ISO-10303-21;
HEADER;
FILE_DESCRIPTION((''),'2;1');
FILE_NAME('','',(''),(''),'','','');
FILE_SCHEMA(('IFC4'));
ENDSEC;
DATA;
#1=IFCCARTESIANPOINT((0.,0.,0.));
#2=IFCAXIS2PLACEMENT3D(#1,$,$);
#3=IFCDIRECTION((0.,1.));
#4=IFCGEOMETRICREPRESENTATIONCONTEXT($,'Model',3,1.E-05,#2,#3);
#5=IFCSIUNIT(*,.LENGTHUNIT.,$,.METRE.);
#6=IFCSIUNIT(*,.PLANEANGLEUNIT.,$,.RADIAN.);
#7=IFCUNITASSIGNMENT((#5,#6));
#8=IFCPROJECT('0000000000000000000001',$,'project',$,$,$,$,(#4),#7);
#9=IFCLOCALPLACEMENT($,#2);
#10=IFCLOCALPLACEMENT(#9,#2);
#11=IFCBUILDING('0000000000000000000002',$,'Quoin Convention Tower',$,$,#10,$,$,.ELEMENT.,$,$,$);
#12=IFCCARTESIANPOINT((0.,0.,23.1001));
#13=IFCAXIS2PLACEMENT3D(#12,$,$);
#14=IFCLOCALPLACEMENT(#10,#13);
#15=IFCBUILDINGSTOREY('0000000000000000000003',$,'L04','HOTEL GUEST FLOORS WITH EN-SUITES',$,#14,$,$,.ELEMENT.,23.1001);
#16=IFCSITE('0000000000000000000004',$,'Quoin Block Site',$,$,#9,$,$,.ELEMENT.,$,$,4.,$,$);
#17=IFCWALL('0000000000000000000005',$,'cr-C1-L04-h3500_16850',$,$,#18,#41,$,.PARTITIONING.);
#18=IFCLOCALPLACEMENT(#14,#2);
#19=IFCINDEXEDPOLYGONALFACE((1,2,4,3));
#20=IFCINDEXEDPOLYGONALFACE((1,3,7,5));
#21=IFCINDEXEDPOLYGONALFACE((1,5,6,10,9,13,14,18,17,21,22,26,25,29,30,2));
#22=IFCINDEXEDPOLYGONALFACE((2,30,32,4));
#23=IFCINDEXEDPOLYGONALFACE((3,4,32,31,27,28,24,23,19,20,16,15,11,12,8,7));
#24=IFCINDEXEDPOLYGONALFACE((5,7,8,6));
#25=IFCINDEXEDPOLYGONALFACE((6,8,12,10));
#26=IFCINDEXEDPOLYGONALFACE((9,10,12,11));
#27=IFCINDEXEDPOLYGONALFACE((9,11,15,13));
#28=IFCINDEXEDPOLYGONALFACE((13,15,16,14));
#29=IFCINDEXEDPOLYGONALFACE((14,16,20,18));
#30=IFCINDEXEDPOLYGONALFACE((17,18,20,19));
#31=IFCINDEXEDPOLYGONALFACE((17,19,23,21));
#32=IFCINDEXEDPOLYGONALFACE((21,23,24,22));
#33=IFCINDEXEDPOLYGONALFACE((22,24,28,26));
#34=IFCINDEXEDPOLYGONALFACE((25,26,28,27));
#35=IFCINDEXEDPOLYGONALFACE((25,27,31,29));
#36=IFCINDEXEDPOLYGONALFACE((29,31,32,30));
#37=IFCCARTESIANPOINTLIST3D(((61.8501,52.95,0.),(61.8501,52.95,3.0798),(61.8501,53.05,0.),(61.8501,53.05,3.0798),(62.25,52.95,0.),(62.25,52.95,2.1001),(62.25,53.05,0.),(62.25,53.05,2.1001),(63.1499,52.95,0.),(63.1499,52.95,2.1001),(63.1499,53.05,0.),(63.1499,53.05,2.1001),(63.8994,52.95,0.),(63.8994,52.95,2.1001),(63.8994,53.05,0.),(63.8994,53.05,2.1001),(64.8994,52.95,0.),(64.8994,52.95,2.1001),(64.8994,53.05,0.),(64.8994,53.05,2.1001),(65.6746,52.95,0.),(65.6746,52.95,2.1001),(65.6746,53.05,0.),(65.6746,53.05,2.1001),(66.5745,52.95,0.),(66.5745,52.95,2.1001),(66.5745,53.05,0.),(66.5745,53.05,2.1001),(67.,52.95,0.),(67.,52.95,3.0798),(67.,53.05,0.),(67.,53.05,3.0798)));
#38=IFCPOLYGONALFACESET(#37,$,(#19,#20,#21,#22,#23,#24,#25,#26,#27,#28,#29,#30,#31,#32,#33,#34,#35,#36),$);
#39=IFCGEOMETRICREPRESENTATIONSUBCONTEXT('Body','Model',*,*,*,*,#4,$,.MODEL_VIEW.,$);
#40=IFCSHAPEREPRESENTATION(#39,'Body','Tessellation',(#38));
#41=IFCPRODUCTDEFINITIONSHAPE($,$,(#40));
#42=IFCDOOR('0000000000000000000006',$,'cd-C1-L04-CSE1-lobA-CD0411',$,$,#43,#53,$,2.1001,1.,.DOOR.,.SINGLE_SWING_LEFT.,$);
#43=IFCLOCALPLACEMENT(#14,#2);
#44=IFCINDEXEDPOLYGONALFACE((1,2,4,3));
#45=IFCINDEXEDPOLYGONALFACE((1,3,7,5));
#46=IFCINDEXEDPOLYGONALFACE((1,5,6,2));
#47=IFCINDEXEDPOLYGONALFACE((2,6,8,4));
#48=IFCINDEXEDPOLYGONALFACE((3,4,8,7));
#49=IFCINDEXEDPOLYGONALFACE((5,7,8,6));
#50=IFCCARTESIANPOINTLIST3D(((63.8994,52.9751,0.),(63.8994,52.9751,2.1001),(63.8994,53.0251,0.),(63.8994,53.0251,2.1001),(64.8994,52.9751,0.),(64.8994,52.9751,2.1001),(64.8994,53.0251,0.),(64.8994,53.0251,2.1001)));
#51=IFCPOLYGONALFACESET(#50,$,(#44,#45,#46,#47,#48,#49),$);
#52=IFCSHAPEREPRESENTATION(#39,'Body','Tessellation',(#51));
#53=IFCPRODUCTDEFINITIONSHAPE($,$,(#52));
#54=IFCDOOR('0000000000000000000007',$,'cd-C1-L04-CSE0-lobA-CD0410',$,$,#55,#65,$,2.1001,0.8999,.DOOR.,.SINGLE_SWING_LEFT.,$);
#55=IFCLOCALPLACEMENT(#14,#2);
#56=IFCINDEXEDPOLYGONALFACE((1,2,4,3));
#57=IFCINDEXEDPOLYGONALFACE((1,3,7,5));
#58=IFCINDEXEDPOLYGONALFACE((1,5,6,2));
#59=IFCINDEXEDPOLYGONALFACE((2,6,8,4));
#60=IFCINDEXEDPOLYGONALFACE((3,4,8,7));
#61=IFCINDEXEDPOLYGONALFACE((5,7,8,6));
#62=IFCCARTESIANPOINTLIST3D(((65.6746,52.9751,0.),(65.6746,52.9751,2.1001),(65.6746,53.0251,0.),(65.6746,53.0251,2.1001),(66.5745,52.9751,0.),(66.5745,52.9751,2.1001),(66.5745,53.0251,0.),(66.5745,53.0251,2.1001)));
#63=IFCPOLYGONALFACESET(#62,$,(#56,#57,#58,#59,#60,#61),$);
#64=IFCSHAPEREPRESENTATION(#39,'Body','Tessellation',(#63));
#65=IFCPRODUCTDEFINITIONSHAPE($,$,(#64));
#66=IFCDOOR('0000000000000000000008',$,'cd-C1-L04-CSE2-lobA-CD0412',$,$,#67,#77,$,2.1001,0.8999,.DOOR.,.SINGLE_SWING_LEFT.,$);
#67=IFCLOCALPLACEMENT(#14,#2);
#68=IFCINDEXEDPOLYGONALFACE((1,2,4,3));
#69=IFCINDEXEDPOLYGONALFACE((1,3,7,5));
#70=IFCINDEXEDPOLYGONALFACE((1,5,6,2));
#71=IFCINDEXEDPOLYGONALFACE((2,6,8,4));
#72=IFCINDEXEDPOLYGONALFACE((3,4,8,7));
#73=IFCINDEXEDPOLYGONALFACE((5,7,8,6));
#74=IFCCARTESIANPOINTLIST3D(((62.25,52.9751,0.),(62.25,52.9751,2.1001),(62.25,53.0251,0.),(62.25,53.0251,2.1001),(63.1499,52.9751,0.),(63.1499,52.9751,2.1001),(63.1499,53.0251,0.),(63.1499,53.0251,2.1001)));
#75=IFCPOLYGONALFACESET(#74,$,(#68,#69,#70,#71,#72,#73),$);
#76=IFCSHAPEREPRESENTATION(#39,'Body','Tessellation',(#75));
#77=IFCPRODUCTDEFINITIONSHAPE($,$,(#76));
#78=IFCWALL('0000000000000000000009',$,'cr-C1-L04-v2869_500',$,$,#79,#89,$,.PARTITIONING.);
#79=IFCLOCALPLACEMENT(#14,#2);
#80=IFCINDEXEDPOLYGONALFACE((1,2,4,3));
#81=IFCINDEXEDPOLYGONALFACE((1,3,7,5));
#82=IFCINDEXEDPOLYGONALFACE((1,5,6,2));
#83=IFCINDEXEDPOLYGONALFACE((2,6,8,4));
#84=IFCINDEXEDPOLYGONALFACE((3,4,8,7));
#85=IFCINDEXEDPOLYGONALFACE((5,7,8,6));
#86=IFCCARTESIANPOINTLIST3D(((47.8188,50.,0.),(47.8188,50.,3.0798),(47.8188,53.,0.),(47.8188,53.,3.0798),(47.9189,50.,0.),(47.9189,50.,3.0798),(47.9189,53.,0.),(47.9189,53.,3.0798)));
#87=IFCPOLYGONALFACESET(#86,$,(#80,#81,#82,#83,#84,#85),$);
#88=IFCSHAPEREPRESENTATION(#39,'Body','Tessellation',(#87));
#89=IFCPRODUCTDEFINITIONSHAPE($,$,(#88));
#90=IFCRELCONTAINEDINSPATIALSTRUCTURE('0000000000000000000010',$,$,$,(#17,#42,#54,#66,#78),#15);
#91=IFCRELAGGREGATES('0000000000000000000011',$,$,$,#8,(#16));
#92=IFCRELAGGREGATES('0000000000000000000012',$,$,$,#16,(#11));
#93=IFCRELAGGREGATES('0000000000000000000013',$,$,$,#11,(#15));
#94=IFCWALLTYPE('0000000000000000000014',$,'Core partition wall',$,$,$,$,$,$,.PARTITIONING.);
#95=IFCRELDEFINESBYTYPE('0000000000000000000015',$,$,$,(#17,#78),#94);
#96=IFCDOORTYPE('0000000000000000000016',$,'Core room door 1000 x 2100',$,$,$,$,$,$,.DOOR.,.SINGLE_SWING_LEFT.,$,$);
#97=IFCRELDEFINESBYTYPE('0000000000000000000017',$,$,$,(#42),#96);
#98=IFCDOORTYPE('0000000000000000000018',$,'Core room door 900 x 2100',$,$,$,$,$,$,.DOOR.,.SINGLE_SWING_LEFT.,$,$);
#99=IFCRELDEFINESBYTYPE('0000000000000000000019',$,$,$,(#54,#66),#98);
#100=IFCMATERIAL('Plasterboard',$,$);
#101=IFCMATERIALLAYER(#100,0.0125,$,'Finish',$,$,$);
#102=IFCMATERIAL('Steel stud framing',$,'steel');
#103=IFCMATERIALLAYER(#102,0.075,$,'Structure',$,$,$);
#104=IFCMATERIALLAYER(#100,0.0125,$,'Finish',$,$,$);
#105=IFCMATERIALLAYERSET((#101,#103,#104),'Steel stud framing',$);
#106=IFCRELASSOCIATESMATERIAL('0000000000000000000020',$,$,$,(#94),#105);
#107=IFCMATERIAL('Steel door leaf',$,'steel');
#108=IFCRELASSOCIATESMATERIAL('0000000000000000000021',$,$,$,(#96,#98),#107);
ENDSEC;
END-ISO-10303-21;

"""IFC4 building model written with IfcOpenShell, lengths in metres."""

from ifc_helpers import new_model, si_unit, direction, frame, frame_2d, origin, place, context, subcontext, project, spatial, rectangle, extrude, material, layer, layer_set, type_object, element, fill, save


model = new_model("IFC4")

# Units and contexts
model_context = context("Model", 3, precision=1e-05, world=origin(), true_north=direction((0.0, 1.0)))
body_context = subcontext(model_context, "Body", "Model", "MODEL_VIEW")
ifc_project = project(units=[si_unit("LENGTHUNIT", "METRE"), si_unit("PLANEANGLEUNIT", "RADIAN")], contexts=[model_context])

# Site, building, storey
site_placement = place(None, origin())
site = spatial("IfcSite", under=ifc_project, at=site_placement, Name="Quoin Block Site", CompositionType="ELEMENT", RefElevation=4.0)
building_placement = place(site_placement, origin())
building = spatial("IfcBuilding", under=site, at=building_placement, Name="Quoin Convention Tower", CompositionType="ELEMENT")
storey_placement = place(building_placement, frame((0.0, 0.0, 23.1001)))
storey = spatial("IfcBuildingStorey", under=building, at=storey_placement, Name="L04", Description="HOTEL GUEST FLOORS WITH EN-SUITES", CompositionType="ELEMENT", Elevation=23.1001)

# Wall, openings, doors
ifc_material_1 = material(Name="Plasterboard")
ifc_layer_1 = layer(ifc_material_1, 0.0125, Name="Finish")
ifc_material_2 = material(Name="Steel stud framing", Category="steel")
ifc_layer_2 = layer(ifc_material_2, 0.075, Name="Structure")
ifc_layer_3 = layer(ifc_material_1, 0.0125, Name="Finish")
ifc_layer_set_1 = layer_set([ifc_layer_1, ifc_layer_2, ifc_layer_3], Name="Steel stud framing")
wall_type_1 = type_object("IfcWallType", Name="Core partition wall", PredefinedType="PARTITIONING", material=ifc_layer_set_1)
wall_1_placement = place(storey_placement, frame((61.8501, 53.0, 0.0), z_axis=(0.0, 0.0, 1.0), x_axis=(1.0, 0.0, 0.0)))
wall_1 = element("IfcWall", 1, at=wall_1_placement, inside=storey, type_object=wall_type_1, Name="cr-C1-L04-h3500_16850", PredefinedType="PARTITIONING", context=body_context, shape_type="SweptSolid", body=[
    extrude(rectangle(XDim=5.1499, YDim=0.1001, at=frame_2d((2.575, 0.0))), origin(), (0.0, 0.0, 1.0), 3.0798),
])
opening_1_placement = place(wall_1_placement, frame((3.8245, 0.0, 0.0)))
opening_1 = element("IfcOpeningElement", 2, at=opening_1_placement, cuts=wall_1, PredefinedType="OPENING", context=body_context, shape_type="SweptSolid", body=[
    extrude(rectangle(XDim=0.8999, YDim=2.1001, at=frame_2d((0.45, 1.05))), frame((0.0, 0.0601, 0.0), z_axis=(0.0, -1.0, 0.0), x_axis=(1.0, 0.0, 0.0)), (0.0, 0.0, 1.0), 0.1201),
])
opening_2_placement = place(wall_1_placement, frame((2.0493, 0.0, 0.0)))
opening_2 = element("IfcOpeningElement", 3, at=opening_2_placement, cuts=wall_1, PredefinedType="OPENING", context=body_context, shape_type="SweptSolid", body=[
    extrude(rectangle(XDim=1.0, YDim=2.1001, at=frame_2d((0.5, 1.05))), frame((0.0, 0.0601, 0.0), z_axis=(0.0, -1.0, 0.0), x_axis=(1.0, 0.0, 0.0)), (0.0, 0.0, 1.0), 0.1201),
])
opening_3_placement = place(wall_1_placement, frame((0.3999, 0.0, 0.0)))
opening_3 = element("IfcOpeningElement", 4, at=opening_3_placement, cuts=wall_1, PredefinedType="OPENING", context=body_context, shape_type="SweptSolid", body=[
    extrude(rectangle(XDim=0.8999, YDim=2.1001, at=frame_2d((0.45, 1.05))), frame((0.0, 0.0601, 0.0), z_axis=(0.0, -1.0, 0.0), x_axis=(1.0, 0.0, 0.0)), (0.0, 0.0, 1.0), 0.1201),
])
ifc_material_3 = material(Name="Steel door leaf", Category="steel")
door_type_1 = type_object("IfcDoorType", Name="Core room door 1000 x 2100", OperationType="SINGLE_SWING_LEFT", PredefinedType="DOOR", material=ifc_material_3)
door_1_placement = place(opening_2_placement, frame((1.0, 0.0, 0.0), z_axis=(0.0, 0.0, 1.0), x_axis=(-1.0, 0.0, 0.0)))
door_1 = element("IfcDoor", 5, at=door_1_placement, inside=storey, type_object=door_type_1, Name="cd-C1-L04-CSE1-lobA-CD0411", OperationType="SINGLE_SWING_LEFT", OverallHeight=2.1001, OverallWidth=1.0, PredefinedType="DOOR", context=body_context, shape_type="SweptSolid", body=[
    extrude(rectangle(XDim=1.0, YDim=2.1001, at=frame_2d((0.5, 1.05))), frame((0.0, 0.0249, 0.0), z_axis=(0.0, -1.0, 0.0), x_axis=(1.0, 0.0, 0.0)), (0.0, 0.0, 1.0), 0.05),
])
fill(opening_2, door_1)
door_type_2 = type_object("IfcDoorType", Name="Core room door 900 x 2100", OperationType="SINGLE_SWING_LEFT", PredefinedType="DOOR", material=ifc_material_3)
door_2_placement = place(opening_1_placement, frame((0.8999, 0.0, 0.0), z_axis=(0.0, 0.0, 1.0), x_axis=(-1.0, 0.0, 0.0)))
door_2 = element("IfcDoor", 6, at=door_2_placement, inside=storey, type_object=door_type_2, Name="cd-C1-L04-CSE0-lobA-CD0410", OperationType="SINGLE_SWING_LEFT", OverallHeight=2.1001, OverallWidth=0.8999, PredefinedType="DOOR", context=body_context, shape_type="SweptSolid", body=[
    extrude(rectangle(XDim=0.8999, YDim=2.1001, at=frame_2d((0.45, 1.05))), frame((0.0, 0.0249, 0.0), z_axis=(0.0, -1.0, 0.0), x_axis=(1.0, 0.0, 0.0)), (0.0, 0.0, 1.0), 0.05),
])
fill(opening_1, door_2)
door_3_placement = place(opening_3_placement, frame((0.8999, 0.0, 0.0), z_axis=(0.0, 0.0, 1.0), x_axis=(-1.0, 0.0, 0.0)))
door_3 = element("IfcDoor", 7, at=door_3_placement, inside=storey, type_object=door_type_2, Name="cd-C1-L04-CSE2-lobA-CD0412", OperationType="SINGLE_SWING_LEFT", OverallHeight=2.1001, OverallWidth=0.8999, PredefinedType="DOOR", context=body_context, shape_type="SweptSolid", body=[
    extrude(rectangle(XDim=0.8999, YDim=2.1001, at=frame_2d((0.45, 1.05))), frame((0.0, 0.0249, 0.0), z_axis=(0.0, -1.0, 0.0), x_axis=(1.0, 0.0, 0.0)), (0.0, 0.0, 1.0), 0.05),
])
fill(opening_3, door_3)

# Wall
wall_2_placement = place(storey_placement, frame((47.8689, 50.0, 0.0), z_axis=(0.0, 0.0, 1.0), x_axis=(0.0, 1.0, 0.0)))
element("IfcWall", 8, at=wall_2_placement, inside=storey, type_object=wall_type_1, Name="cr-C1-L04-v2869_500", PredefinedType="PARTITIONING", context=body_context, shape_type="SweptSolid", body=[
    extrude(rectangle(XDim=3.0, YDim=0.1001, at=frame_2d((1.5, 0.0))), origin(), (0.0, 0.0, 1.0), 3.0798),
])

save(model, "model.ifc")
